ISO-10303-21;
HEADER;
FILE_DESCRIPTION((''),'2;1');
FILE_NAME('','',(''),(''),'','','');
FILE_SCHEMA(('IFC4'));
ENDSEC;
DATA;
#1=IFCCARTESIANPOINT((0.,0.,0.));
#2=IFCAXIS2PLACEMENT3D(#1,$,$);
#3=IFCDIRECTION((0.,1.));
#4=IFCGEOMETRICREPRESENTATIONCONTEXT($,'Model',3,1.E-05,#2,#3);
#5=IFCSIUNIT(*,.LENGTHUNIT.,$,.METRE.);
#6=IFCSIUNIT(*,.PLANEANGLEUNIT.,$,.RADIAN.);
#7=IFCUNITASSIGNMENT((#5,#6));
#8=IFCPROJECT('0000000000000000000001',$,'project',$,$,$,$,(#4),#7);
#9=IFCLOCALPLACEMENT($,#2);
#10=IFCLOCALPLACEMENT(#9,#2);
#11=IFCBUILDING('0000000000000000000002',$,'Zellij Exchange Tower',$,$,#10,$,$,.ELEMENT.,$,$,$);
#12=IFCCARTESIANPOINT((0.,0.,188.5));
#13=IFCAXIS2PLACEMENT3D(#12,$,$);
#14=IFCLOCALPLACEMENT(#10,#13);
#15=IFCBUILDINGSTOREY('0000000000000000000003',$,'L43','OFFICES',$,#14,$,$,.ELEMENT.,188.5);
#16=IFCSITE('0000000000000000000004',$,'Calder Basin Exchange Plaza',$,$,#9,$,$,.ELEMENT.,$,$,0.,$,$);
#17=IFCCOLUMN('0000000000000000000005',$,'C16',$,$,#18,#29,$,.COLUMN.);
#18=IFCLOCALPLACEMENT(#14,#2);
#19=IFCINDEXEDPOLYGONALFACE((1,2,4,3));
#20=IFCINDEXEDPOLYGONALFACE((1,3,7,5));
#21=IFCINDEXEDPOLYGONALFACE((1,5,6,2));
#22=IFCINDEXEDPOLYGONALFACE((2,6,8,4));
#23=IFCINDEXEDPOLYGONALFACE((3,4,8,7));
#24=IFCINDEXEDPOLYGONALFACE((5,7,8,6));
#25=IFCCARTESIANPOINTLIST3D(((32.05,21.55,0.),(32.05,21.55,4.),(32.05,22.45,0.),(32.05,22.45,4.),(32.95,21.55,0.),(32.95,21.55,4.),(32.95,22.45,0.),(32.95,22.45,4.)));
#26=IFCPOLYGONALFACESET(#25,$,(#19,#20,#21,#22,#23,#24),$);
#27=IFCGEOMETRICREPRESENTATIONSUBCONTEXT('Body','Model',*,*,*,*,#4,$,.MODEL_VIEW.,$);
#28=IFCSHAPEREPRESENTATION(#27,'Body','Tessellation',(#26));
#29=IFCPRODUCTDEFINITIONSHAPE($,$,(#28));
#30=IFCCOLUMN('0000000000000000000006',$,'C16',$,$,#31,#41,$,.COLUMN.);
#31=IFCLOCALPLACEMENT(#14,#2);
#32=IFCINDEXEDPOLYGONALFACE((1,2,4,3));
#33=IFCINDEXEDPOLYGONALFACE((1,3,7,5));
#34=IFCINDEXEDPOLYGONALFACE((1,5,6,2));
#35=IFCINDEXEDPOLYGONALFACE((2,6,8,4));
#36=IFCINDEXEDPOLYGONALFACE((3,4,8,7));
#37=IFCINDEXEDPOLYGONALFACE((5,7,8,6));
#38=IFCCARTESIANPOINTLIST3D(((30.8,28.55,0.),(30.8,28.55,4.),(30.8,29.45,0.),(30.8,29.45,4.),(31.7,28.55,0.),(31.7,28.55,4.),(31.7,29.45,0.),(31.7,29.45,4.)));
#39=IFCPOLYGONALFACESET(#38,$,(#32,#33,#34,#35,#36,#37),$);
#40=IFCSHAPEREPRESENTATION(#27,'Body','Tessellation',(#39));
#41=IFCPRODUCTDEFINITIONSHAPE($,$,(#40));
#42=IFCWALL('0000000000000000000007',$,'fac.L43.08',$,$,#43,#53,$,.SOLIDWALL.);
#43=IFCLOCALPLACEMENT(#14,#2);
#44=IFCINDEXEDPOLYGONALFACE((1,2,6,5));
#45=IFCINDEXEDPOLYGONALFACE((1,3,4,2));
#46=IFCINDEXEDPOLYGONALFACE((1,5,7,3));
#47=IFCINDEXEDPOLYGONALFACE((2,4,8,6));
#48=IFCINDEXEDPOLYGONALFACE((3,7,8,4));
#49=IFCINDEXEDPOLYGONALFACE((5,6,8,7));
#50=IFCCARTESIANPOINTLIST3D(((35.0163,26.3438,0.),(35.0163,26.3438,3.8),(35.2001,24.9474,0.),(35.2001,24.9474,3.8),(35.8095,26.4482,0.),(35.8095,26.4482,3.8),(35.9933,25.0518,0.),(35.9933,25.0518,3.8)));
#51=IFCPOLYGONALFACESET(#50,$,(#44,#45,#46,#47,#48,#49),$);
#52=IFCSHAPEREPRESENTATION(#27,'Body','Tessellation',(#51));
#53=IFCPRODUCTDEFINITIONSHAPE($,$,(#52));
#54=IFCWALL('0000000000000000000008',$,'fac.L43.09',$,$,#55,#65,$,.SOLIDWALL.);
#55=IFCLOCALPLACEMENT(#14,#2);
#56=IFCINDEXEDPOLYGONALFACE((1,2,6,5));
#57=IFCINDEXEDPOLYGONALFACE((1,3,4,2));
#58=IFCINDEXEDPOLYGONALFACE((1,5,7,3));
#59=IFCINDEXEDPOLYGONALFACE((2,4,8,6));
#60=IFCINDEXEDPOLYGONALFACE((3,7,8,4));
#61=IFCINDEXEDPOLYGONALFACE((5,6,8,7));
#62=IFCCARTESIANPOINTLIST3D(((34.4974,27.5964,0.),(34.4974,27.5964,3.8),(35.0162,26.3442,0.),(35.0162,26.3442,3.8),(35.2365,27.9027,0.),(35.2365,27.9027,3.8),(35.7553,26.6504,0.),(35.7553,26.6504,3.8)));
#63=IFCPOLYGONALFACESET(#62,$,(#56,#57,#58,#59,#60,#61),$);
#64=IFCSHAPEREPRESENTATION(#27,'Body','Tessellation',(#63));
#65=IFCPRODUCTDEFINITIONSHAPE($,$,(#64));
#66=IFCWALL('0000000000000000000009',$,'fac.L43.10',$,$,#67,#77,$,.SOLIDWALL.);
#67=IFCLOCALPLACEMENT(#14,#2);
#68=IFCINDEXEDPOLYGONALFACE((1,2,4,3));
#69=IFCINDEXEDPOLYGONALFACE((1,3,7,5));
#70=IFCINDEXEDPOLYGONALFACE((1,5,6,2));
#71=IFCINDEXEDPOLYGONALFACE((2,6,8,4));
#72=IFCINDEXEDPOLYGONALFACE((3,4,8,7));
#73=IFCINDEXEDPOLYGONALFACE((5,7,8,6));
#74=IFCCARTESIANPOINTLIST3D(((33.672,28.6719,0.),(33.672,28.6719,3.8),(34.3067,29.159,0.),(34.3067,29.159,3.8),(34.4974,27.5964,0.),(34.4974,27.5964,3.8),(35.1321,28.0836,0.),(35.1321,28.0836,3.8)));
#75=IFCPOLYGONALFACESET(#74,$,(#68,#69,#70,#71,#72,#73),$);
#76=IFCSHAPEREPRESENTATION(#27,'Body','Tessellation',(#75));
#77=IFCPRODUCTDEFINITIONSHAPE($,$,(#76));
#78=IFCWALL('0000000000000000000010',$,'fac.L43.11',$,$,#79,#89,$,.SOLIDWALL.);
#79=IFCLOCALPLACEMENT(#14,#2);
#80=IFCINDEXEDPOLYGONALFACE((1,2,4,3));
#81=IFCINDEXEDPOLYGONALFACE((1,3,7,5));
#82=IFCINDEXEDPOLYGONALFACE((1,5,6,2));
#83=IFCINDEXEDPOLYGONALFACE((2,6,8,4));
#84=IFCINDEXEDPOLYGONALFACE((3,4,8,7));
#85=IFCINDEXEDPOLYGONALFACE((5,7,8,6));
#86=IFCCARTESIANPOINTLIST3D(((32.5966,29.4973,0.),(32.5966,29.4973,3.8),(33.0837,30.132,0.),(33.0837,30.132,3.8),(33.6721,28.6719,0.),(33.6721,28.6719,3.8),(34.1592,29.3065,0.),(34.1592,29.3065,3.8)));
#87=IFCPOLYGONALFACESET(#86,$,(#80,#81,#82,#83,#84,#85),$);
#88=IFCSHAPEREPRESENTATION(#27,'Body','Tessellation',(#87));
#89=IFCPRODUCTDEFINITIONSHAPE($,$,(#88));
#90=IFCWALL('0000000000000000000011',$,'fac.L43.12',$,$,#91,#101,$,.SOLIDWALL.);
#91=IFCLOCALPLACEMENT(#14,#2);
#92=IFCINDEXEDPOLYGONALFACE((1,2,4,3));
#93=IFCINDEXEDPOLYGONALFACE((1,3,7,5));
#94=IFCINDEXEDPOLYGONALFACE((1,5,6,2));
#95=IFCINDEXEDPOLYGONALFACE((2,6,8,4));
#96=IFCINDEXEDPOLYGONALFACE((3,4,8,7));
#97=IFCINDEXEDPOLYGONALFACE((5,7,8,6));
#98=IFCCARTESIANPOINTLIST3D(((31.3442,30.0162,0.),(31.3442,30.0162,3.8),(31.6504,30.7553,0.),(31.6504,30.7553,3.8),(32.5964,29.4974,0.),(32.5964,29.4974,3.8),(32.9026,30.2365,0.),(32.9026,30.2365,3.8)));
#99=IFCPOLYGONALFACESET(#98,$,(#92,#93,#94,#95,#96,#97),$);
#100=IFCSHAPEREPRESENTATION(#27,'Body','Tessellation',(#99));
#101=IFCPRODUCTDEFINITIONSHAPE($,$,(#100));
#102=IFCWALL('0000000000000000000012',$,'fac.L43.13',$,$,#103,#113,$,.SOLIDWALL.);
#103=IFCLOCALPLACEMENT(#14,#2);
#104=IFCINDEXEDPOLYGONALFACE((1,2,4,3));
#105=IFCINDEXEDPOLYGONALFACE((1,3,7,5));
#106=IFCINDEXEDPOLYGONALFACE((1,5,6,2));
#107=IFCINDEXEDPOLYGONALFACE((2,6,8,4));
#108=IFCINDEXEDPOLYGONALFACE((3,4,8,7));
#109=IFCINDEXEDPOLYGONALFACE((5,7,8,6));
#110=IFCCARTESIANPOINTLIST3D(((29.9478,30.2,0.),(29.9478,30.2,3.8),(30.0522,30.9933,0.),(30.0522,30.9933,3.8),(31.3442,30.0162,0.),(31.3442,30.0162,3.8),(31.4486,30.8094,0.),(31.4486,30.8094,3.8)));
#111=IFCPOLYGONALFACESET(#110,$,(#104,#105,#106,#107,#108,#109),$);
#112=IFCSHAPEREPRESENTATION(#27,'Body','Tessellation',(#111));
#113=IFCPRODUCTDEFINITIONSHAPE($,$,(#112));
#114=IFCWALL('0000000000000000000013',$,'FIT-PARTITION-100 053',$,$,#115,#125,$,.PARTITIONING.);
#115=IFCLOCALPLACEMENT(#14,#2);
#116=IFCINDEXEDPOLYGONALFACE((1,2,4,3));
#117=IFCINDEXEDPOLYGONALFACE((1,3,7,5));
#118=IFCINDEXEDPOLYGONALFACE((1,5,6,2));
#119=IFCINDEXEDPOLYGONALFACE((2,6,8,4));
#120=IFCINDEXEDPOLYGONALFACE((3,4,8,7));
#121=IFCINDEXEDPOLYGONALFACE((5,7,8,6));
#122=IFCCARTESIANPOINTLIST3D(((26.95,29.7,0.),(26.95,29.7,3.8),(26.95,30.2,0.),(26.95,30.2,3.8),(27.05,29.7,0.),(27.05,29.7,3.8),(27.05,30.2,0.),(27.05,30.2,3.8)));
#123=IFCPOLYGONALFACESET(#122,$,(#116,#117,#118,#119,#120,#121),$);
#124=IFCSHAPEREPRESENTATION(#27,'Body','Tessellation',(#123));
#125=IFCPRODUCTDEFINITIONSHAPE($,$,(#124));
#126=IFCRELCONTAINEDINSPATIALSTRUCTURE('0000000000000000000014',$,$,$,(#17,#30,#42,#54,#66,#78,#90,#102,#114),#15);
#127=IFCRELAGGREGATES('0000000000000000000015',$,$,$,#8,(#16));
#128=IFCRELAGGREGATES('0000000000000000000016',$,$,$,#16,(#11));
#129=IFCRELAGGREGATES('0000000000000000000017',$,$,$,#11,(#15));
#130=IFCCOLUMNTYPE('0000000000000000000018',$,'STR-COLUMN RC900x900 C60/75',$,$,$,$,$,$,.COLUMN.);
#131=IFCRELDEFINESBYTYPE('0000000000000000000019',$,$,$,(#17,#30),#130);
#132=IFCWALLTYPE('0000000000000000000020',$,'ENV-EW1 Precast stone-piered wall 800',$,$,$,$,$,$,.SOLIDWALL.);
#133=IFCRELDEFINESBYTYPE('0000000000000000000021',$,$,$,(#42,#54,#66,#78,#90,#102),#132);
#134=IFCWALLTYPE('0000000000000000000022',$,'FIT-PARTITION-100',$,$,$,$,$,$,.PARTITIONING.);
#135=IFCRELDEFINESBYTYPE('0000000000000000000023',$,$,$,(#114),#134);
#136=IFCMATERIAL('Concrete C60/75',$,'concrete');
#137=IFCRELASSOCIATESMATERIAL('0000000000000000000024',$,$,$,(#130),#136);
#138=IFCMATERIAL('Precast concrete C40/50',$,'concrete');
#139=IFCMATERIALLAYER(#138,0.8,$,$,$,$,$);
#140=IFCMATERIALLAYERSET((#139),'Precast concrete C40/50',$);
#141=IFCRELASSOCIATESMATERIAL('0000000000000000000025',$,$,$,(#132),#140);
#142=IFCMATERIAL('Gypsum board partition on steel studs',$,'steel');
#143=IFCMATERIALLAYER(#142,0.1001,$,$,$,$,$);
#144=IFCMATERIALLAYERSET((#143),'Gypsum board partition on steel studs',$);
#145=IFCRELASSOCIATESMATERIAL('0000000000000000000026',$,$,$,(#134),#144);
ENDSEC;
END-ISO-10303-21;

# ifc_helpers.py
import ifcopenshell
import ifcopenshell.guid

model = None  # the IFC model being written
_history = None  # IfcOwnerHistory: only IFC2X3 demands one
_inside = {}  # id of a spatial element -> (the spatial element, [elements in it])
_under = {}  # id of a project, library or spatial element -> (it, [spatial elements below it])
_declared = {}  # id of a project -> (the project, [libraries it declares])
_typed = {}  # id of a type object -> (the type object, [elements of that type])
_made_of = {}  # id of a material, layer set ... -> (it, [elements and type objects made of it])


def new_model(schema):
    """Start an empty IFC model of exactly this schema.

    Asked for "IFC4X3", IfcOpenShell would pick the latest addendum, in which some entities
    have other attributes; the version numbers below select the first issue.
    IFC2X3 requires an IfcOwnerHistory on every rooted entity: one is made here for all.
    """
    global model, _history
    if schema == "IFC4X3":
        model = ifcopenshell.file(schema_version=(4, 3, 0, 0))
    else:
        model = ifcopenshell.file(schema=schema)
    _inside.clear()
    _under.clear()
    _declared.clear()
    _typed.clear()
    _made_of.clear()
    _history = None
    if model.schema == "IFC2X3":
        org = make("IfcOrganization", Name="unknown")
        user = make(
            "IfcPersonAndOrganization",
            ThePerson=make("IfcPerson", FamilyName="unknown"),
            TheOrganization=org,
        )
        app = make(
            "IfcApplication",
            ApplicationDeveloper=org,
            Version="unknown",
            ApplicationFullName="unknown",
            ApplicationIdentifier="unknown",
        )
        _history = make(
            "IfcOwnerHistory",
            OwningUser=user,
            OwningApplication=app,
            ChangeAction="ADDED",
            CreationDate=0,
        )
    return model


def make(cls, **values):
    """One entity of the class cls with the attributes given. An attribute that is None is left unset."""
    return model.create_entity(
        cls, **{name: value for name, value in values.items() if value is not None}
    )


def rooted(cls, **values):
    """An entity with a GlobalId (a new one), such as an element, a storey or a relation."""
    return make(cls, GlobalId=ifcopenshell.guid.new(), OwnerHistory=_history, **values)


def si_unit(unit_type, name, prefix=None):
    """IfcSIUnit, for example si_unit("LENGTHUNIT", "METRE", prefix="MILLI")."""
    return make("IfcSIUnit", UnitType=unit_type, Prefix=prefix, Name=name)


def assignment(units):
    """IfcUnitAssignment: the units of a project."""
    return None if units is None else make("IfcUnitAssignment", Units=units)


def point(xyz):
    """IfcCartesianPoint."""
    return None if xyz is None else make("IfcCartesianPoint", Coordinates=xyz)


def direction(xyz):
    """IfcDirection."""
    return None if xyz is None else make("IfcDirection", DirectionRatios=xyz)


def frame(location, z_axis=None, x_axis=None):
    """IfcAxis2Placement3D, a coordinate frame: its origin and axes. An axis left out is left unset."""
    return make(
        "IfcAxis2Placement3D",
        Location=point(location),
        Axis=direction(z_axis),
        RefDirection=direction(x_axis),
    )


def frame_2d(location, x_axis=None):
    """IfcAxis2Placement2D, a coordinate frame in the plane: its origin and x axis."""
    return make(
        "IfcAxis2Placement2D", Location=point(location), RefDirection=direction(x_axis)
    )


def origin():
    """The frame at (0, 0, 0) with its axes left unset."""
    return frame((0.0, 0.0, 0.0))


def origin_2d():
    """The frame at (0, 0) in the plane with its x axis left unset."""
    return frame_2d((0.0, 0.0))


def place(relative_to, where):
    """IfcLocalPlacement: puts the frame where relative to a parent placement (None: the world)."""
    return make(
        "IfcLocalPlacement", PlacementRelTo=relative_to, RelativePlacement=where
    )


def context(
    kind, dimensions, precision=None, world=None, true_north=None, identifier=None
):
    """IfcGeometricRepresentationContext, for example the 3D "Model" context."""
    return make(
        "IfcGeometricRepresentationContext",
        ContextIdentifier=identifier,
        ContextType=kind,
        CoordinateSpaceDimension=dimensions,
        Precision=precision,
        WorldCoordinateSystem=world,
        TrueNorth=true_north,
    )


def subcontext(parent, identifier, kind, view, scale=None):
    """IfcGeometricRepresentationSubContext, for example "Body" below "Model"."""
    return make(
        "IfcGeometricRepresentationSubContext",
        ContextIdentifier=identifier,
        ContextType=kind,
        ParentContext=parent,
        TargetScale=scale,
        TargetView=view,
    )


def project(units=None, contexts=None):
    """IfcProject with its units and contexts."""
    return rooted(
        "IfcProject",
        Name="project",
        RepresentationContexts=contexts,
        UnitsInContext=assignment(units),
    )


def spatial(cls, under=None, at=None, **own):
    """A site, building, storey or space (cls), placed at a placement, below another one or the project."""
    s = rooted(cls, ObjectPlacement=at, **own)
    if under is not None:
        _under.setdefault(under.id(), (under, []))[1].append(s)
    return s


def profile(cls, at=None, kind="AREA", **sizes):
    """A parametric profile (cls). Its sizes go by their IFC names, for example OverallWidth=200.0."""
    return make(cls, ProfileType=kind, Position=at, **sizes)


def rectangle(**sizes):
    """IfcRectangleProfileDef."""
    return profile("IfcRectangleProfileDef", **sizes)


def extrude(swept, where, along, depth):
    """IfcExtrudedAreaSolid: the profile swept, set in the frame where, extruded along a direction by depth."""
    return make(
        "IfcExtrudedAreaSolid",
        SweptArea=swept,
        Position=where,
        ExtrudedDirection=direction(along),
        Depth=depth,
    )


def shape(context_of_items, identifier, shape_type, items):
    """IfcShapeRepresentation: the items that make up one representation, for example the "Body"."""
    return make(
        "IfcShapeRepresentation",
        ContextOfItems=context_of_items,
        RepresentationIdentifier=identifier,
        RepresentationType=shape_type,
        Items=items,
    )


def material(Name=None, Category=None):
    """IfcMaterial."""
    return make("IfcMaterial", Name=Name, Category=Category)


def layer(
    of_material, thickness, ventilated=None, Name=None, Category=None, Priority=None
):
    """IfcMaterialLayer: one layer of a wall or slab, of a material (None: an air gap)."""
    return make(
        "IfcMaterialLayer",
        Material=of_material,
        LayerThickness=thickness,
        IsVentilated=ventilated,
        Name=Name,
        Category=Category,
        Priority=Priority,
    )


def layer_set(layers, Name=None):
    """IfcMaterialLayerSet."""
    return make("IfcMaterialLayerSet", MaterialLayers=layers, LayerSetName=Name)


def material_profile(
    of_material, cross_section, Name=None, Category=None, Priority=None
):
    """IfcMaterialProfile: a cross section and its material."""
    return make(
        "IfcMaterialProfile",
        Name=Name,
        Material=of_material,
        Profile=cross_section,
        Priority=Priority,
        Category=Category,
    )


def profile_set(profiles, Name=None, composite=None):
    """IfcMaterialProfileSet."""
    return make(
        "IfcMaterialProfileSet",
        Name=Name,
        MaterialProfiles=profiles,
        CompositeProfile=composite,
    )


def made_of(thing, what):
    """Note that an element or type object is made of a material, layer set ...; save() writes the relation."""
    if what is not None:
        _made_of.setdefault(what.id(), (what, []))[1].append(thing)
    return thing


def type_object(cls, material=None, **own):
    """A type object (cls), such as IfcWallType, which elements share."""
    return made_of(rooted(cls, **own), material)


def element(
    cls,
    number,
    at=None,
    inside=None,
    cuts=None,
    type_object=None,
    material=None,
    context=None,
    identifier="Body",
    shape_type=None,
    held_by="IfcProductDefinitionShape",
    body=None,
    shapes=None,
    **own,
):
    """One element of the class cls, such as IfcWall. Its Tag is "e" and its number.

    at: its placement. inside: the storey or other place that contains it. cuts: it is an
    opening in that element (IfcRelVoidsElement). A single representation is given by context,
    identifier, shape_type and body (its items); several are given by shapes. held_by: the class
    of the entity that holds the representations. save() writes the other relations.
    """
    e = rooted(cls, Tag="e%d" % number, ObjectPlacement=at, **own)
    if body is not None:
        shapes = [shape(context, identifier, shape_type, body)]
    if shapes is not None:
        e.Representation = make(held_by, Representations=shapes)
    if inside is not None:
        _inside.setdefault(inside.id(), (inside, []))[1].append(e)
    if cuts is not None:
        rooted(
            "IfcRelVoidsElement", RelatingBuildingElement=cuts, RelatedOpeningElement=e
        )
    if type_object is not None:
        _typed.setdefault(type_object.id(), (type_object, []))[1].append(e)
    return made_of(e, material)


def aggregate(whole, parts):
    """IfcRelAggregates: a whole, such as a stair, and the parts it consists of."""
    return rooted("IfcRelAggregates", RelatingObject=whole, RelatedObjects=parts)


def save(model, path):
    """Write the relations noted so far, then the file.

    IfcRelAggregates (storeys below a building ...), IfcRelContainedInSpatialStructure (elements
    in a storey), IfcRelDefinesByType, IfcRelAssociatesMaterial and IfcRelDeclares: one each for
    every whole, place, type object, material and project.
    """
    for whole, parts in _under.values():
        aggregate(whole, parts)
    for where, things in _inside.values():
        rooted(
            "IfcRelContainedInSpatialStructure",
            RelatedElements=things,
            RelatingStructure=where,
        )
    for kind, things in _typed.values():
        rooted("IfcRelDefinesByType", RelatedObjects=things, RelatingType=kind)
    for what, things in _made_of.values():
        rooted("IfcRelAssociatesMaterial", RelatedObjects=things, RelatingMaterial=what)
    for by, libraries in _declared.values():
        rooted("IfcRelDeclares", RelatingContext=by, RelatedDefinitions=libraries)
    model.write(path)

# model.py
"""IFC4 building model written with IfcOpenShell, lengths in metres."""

from ifc_helpers import new_model, si_unit, direction, frame, frame_2d, origin, origin_2d, place, context, subcontext, project, spatial, rectangle, extrude, material, layer, layer_set, material_profile, profile_set, type_object, element, save


model = new_model("IFC4")

# Units and contexts
model_context = context("Model", 3, precision=1e-05, world=origin(), true_north=direction((0.0, 1.0)))
body_context = subcontext(model_context, "Body", "Model", "MODEL_VIEW")
ifc_project = project(units=[si_unit("LENGTHUNIT", "METRE"), si_unit("PLANEANGLEUNIT", "RADIAN")], contexts=[model_context])

# Site, building, storey
site_placement = place(None, origin())
site = spatial("IfcSite", under=ifc_project, at=site_placement, Name="Calder Basin Exchange Plaza", CompositionType="ELEMENT", RefElevation=0.0)
building_placement = place(site_placement, origin())
building = spatial("IfcBuilding", under=site, at=building_placement, Name="Zellij Exchange Tower", CompositionType="ELEMENT")
storey_placement = place(building_placement, frame((0.0, 0.0, 188.5)))
storey = spatial("IfcBuildingStorey", under=building, at=storey_placement, Name="L43", Description="OFFICES", CompositionType="ELEMENT", Elevation=188.5)

# Columns
ifc_material_1 = material(Name="Concrete C60/75", Category="concrete")
ifc_material_profile = material_profile(ifc_material_1, rectangle(XDim=0.8999, YDim=0.8999, at=origin_2d()), Name="STR-COLUMN RC900x900 C60/75")
ifc_profile_set = profile_set([ifc_material_profile], Name="Concrete C60/75")
column_type = type_object("IfcColumnType", Name="STR-COLUMN RC900x900 C60/75", PredefinedType="COLUMN", material=ifc_profile_set)
for number, where, z_axis, x_axis, name in (
    (1, (32.5, 22.0, 0.0), (0.0, 0.0, 1.0), (1.0, 0.0, 0.0), "C16"),
    (2, (31.25, 29.0, 0.0), (0.0, 0.0, 1.0), (1.0, 0.0, 0.0), "C16"),
):
    element("IfcColumn", number, at=place(storey_placement, frame(where, z_axis=z_axis, x_axis=x_axis)), inside=storey, type_object=column_type, Name=name, PredefinedType="COLUMN", context=body_context, shape_type="SweptSolid", body=[
        extrude(rectangle(XDim=0.8999, YDim=0.8999, at=origin_2d()), origin(), (0.0, 0.0, 1.0), 4.0),
    ])

# Walls
ifc_material_2 = material(Name="Precast concrete C40/50", Category="concrete")
ifc_layer_1 = layer(ifc_material_2, 0.8)
ifc_layer_set_1 = layer_set([ifc_layer_1], Name="Precast concrete C40/50")
wall_type_1 = type_object("IfcWallType", Name="ENV-EW1 Precast stone-piered wall 800", PredefinedType="SOLIDWALL", material=ifc_layer_set_1)
wall_1_placement = place(storey_placement, frame((35.5967, 24.9998, 0.0), z_axis=(0.0, 0.0, 1.0), x_axis=(-0.130517, 0.991446, 0.0)))
element("IfcWall", 3, at=wall_1_placement, inside=storey, type_object=wall_type_1, Name="fac.L43.08", PredefinedType="SOLIDWALL", context=body_context, shape_type="SweptSolid", body=[
    extrude(rectangle(XDim=1.4084, YDim=0.8, at=frame_2d((0.7041, 0.0))), origin(), (0.0, 0.0, 1.0), 3.8),
])
wall_2_placement = place(storey_placement, frame((35.3857, 26.4973, 0.0), z_axis=(0.0, 0.0, 1.0), x_axis=(-0.38276, 0.923848, 0.0)))
element("IfcWall", 4, at=wall_2_placement, inside=storey, type_object=wall_type_1, Name="fac.L43.09", PredefinedType="SOLIDWALL", context=body_context, shape_type="SweptSolid", body=[
    extrude(rectangle(XDim=1.3555, YDim=0.8, at=frame_2d((0.6777, 0.0))), origin(), (0.0, 0.0, 1.0), 3.8),
])
for number, where, z_axis, x_axis, name in (
    (5, (34.8147, 27.8401, 0.0), (0.0, 0.0, 1.0), (-0.608866, 0.793273, 0.0), "fac.L43.10"),
    (6, (33.9155, 28.9893, 0.0), (0.0, 0.0, 1.0), (-0.793273, 0.608866, 0.0), "fac.L43.11"),
):
    element("IfcWall", number, at=place(storey_placement, frame(where, z_axis=z_axis, x_axis=x_axis)), inside=storey, type_object=wall_type_1, Name=name, PredefinedType="SOLIDWALL", context=body_context, shape_type="SweptSolid", body=[
        extrude(rectangle(XDim=1.3557, YDim=0.8, at=frame_2d((0.6777, 0.0))), origin(), (0.0, 0.0, 1.0), 3.8),
    ])
wall_3_placement = place(storey_placement, frame((32.7495, 29.8669, 0.0), z_axis=(0.0, 0.0, 1.0), x_axis=(-0.923848, 0.38276, 0.0)))
element("IfcWall", 7, at=wall_3_placement, inside=storey, type_object=wall_type_1, Name="fac.L43.12", PredefinedType="SOLIDWALL", context=body_context, shape_type="SweptSolid", body=[
    extrude(rectangle(XDim=1.3555, YDim=0.8, at=frame_2d((0.6777, 0.0))), origin(), (0.0, 0.0, 1.0), 3.8),
])
wall_4_placement = place(storey_placement, frame((31.3962, 30.4128, 0.0), z_axis=(0.0, 0.0, 1.0), x_axis=(-0.991446, 0.130517, 0.0)))
element("IfcWall", 8, at=wall_4_placement, inside=storey, type_object=wall_type_1, Name="fac.L43.13", PredefinedType="SOLIDWALL", context=body_context, shape_type="SweptSolid", body=[
    extrude(rectangle(XDim=1.4084, YDim=0.8, at=frame_2d((0.7041, 0.0))), origin(), (0.0, 0.0, 1.0), 3.8),
])

# Wall
ifc_material_3 = material(Name="Gypsum board partition on steel studs", Category="steel")
ifc_layer_2 = layer(ifc_material_3, 0.1001)
ifc_layer_set_2 = layer_set([ifc_layer_2], Name="Gypsum board partition on steel studs")
wall_type_2 = type_object("IfcWallType", Name="FIT-PARTITION-100", PredefinedType="PARTITIONING", material=ifc_layer_set_2)
wall_5_placement = place(storey_placement, frame((27.0, 29.7, 0.0), z_axis=(0.0, 0.0, 1.0), x_axis=(0.0, 1.0, 0.0)))
element("IfcWall", 9, at=wall_5_placement, inside=storey, type_object=wall_type_2, Name="FIT-PARTITION-100 053", PredefinedType="PARTITIONING", context=body_context, shape_type="SweptSolid", body=[
    extrude(rectangle(XDim=0.5, YDim=0.1001, at=frame_2d((0.25, 0.0))), origin(), (0.0, 0.0, 1.0), 3.8),
])

save(model, "model.ifc")
